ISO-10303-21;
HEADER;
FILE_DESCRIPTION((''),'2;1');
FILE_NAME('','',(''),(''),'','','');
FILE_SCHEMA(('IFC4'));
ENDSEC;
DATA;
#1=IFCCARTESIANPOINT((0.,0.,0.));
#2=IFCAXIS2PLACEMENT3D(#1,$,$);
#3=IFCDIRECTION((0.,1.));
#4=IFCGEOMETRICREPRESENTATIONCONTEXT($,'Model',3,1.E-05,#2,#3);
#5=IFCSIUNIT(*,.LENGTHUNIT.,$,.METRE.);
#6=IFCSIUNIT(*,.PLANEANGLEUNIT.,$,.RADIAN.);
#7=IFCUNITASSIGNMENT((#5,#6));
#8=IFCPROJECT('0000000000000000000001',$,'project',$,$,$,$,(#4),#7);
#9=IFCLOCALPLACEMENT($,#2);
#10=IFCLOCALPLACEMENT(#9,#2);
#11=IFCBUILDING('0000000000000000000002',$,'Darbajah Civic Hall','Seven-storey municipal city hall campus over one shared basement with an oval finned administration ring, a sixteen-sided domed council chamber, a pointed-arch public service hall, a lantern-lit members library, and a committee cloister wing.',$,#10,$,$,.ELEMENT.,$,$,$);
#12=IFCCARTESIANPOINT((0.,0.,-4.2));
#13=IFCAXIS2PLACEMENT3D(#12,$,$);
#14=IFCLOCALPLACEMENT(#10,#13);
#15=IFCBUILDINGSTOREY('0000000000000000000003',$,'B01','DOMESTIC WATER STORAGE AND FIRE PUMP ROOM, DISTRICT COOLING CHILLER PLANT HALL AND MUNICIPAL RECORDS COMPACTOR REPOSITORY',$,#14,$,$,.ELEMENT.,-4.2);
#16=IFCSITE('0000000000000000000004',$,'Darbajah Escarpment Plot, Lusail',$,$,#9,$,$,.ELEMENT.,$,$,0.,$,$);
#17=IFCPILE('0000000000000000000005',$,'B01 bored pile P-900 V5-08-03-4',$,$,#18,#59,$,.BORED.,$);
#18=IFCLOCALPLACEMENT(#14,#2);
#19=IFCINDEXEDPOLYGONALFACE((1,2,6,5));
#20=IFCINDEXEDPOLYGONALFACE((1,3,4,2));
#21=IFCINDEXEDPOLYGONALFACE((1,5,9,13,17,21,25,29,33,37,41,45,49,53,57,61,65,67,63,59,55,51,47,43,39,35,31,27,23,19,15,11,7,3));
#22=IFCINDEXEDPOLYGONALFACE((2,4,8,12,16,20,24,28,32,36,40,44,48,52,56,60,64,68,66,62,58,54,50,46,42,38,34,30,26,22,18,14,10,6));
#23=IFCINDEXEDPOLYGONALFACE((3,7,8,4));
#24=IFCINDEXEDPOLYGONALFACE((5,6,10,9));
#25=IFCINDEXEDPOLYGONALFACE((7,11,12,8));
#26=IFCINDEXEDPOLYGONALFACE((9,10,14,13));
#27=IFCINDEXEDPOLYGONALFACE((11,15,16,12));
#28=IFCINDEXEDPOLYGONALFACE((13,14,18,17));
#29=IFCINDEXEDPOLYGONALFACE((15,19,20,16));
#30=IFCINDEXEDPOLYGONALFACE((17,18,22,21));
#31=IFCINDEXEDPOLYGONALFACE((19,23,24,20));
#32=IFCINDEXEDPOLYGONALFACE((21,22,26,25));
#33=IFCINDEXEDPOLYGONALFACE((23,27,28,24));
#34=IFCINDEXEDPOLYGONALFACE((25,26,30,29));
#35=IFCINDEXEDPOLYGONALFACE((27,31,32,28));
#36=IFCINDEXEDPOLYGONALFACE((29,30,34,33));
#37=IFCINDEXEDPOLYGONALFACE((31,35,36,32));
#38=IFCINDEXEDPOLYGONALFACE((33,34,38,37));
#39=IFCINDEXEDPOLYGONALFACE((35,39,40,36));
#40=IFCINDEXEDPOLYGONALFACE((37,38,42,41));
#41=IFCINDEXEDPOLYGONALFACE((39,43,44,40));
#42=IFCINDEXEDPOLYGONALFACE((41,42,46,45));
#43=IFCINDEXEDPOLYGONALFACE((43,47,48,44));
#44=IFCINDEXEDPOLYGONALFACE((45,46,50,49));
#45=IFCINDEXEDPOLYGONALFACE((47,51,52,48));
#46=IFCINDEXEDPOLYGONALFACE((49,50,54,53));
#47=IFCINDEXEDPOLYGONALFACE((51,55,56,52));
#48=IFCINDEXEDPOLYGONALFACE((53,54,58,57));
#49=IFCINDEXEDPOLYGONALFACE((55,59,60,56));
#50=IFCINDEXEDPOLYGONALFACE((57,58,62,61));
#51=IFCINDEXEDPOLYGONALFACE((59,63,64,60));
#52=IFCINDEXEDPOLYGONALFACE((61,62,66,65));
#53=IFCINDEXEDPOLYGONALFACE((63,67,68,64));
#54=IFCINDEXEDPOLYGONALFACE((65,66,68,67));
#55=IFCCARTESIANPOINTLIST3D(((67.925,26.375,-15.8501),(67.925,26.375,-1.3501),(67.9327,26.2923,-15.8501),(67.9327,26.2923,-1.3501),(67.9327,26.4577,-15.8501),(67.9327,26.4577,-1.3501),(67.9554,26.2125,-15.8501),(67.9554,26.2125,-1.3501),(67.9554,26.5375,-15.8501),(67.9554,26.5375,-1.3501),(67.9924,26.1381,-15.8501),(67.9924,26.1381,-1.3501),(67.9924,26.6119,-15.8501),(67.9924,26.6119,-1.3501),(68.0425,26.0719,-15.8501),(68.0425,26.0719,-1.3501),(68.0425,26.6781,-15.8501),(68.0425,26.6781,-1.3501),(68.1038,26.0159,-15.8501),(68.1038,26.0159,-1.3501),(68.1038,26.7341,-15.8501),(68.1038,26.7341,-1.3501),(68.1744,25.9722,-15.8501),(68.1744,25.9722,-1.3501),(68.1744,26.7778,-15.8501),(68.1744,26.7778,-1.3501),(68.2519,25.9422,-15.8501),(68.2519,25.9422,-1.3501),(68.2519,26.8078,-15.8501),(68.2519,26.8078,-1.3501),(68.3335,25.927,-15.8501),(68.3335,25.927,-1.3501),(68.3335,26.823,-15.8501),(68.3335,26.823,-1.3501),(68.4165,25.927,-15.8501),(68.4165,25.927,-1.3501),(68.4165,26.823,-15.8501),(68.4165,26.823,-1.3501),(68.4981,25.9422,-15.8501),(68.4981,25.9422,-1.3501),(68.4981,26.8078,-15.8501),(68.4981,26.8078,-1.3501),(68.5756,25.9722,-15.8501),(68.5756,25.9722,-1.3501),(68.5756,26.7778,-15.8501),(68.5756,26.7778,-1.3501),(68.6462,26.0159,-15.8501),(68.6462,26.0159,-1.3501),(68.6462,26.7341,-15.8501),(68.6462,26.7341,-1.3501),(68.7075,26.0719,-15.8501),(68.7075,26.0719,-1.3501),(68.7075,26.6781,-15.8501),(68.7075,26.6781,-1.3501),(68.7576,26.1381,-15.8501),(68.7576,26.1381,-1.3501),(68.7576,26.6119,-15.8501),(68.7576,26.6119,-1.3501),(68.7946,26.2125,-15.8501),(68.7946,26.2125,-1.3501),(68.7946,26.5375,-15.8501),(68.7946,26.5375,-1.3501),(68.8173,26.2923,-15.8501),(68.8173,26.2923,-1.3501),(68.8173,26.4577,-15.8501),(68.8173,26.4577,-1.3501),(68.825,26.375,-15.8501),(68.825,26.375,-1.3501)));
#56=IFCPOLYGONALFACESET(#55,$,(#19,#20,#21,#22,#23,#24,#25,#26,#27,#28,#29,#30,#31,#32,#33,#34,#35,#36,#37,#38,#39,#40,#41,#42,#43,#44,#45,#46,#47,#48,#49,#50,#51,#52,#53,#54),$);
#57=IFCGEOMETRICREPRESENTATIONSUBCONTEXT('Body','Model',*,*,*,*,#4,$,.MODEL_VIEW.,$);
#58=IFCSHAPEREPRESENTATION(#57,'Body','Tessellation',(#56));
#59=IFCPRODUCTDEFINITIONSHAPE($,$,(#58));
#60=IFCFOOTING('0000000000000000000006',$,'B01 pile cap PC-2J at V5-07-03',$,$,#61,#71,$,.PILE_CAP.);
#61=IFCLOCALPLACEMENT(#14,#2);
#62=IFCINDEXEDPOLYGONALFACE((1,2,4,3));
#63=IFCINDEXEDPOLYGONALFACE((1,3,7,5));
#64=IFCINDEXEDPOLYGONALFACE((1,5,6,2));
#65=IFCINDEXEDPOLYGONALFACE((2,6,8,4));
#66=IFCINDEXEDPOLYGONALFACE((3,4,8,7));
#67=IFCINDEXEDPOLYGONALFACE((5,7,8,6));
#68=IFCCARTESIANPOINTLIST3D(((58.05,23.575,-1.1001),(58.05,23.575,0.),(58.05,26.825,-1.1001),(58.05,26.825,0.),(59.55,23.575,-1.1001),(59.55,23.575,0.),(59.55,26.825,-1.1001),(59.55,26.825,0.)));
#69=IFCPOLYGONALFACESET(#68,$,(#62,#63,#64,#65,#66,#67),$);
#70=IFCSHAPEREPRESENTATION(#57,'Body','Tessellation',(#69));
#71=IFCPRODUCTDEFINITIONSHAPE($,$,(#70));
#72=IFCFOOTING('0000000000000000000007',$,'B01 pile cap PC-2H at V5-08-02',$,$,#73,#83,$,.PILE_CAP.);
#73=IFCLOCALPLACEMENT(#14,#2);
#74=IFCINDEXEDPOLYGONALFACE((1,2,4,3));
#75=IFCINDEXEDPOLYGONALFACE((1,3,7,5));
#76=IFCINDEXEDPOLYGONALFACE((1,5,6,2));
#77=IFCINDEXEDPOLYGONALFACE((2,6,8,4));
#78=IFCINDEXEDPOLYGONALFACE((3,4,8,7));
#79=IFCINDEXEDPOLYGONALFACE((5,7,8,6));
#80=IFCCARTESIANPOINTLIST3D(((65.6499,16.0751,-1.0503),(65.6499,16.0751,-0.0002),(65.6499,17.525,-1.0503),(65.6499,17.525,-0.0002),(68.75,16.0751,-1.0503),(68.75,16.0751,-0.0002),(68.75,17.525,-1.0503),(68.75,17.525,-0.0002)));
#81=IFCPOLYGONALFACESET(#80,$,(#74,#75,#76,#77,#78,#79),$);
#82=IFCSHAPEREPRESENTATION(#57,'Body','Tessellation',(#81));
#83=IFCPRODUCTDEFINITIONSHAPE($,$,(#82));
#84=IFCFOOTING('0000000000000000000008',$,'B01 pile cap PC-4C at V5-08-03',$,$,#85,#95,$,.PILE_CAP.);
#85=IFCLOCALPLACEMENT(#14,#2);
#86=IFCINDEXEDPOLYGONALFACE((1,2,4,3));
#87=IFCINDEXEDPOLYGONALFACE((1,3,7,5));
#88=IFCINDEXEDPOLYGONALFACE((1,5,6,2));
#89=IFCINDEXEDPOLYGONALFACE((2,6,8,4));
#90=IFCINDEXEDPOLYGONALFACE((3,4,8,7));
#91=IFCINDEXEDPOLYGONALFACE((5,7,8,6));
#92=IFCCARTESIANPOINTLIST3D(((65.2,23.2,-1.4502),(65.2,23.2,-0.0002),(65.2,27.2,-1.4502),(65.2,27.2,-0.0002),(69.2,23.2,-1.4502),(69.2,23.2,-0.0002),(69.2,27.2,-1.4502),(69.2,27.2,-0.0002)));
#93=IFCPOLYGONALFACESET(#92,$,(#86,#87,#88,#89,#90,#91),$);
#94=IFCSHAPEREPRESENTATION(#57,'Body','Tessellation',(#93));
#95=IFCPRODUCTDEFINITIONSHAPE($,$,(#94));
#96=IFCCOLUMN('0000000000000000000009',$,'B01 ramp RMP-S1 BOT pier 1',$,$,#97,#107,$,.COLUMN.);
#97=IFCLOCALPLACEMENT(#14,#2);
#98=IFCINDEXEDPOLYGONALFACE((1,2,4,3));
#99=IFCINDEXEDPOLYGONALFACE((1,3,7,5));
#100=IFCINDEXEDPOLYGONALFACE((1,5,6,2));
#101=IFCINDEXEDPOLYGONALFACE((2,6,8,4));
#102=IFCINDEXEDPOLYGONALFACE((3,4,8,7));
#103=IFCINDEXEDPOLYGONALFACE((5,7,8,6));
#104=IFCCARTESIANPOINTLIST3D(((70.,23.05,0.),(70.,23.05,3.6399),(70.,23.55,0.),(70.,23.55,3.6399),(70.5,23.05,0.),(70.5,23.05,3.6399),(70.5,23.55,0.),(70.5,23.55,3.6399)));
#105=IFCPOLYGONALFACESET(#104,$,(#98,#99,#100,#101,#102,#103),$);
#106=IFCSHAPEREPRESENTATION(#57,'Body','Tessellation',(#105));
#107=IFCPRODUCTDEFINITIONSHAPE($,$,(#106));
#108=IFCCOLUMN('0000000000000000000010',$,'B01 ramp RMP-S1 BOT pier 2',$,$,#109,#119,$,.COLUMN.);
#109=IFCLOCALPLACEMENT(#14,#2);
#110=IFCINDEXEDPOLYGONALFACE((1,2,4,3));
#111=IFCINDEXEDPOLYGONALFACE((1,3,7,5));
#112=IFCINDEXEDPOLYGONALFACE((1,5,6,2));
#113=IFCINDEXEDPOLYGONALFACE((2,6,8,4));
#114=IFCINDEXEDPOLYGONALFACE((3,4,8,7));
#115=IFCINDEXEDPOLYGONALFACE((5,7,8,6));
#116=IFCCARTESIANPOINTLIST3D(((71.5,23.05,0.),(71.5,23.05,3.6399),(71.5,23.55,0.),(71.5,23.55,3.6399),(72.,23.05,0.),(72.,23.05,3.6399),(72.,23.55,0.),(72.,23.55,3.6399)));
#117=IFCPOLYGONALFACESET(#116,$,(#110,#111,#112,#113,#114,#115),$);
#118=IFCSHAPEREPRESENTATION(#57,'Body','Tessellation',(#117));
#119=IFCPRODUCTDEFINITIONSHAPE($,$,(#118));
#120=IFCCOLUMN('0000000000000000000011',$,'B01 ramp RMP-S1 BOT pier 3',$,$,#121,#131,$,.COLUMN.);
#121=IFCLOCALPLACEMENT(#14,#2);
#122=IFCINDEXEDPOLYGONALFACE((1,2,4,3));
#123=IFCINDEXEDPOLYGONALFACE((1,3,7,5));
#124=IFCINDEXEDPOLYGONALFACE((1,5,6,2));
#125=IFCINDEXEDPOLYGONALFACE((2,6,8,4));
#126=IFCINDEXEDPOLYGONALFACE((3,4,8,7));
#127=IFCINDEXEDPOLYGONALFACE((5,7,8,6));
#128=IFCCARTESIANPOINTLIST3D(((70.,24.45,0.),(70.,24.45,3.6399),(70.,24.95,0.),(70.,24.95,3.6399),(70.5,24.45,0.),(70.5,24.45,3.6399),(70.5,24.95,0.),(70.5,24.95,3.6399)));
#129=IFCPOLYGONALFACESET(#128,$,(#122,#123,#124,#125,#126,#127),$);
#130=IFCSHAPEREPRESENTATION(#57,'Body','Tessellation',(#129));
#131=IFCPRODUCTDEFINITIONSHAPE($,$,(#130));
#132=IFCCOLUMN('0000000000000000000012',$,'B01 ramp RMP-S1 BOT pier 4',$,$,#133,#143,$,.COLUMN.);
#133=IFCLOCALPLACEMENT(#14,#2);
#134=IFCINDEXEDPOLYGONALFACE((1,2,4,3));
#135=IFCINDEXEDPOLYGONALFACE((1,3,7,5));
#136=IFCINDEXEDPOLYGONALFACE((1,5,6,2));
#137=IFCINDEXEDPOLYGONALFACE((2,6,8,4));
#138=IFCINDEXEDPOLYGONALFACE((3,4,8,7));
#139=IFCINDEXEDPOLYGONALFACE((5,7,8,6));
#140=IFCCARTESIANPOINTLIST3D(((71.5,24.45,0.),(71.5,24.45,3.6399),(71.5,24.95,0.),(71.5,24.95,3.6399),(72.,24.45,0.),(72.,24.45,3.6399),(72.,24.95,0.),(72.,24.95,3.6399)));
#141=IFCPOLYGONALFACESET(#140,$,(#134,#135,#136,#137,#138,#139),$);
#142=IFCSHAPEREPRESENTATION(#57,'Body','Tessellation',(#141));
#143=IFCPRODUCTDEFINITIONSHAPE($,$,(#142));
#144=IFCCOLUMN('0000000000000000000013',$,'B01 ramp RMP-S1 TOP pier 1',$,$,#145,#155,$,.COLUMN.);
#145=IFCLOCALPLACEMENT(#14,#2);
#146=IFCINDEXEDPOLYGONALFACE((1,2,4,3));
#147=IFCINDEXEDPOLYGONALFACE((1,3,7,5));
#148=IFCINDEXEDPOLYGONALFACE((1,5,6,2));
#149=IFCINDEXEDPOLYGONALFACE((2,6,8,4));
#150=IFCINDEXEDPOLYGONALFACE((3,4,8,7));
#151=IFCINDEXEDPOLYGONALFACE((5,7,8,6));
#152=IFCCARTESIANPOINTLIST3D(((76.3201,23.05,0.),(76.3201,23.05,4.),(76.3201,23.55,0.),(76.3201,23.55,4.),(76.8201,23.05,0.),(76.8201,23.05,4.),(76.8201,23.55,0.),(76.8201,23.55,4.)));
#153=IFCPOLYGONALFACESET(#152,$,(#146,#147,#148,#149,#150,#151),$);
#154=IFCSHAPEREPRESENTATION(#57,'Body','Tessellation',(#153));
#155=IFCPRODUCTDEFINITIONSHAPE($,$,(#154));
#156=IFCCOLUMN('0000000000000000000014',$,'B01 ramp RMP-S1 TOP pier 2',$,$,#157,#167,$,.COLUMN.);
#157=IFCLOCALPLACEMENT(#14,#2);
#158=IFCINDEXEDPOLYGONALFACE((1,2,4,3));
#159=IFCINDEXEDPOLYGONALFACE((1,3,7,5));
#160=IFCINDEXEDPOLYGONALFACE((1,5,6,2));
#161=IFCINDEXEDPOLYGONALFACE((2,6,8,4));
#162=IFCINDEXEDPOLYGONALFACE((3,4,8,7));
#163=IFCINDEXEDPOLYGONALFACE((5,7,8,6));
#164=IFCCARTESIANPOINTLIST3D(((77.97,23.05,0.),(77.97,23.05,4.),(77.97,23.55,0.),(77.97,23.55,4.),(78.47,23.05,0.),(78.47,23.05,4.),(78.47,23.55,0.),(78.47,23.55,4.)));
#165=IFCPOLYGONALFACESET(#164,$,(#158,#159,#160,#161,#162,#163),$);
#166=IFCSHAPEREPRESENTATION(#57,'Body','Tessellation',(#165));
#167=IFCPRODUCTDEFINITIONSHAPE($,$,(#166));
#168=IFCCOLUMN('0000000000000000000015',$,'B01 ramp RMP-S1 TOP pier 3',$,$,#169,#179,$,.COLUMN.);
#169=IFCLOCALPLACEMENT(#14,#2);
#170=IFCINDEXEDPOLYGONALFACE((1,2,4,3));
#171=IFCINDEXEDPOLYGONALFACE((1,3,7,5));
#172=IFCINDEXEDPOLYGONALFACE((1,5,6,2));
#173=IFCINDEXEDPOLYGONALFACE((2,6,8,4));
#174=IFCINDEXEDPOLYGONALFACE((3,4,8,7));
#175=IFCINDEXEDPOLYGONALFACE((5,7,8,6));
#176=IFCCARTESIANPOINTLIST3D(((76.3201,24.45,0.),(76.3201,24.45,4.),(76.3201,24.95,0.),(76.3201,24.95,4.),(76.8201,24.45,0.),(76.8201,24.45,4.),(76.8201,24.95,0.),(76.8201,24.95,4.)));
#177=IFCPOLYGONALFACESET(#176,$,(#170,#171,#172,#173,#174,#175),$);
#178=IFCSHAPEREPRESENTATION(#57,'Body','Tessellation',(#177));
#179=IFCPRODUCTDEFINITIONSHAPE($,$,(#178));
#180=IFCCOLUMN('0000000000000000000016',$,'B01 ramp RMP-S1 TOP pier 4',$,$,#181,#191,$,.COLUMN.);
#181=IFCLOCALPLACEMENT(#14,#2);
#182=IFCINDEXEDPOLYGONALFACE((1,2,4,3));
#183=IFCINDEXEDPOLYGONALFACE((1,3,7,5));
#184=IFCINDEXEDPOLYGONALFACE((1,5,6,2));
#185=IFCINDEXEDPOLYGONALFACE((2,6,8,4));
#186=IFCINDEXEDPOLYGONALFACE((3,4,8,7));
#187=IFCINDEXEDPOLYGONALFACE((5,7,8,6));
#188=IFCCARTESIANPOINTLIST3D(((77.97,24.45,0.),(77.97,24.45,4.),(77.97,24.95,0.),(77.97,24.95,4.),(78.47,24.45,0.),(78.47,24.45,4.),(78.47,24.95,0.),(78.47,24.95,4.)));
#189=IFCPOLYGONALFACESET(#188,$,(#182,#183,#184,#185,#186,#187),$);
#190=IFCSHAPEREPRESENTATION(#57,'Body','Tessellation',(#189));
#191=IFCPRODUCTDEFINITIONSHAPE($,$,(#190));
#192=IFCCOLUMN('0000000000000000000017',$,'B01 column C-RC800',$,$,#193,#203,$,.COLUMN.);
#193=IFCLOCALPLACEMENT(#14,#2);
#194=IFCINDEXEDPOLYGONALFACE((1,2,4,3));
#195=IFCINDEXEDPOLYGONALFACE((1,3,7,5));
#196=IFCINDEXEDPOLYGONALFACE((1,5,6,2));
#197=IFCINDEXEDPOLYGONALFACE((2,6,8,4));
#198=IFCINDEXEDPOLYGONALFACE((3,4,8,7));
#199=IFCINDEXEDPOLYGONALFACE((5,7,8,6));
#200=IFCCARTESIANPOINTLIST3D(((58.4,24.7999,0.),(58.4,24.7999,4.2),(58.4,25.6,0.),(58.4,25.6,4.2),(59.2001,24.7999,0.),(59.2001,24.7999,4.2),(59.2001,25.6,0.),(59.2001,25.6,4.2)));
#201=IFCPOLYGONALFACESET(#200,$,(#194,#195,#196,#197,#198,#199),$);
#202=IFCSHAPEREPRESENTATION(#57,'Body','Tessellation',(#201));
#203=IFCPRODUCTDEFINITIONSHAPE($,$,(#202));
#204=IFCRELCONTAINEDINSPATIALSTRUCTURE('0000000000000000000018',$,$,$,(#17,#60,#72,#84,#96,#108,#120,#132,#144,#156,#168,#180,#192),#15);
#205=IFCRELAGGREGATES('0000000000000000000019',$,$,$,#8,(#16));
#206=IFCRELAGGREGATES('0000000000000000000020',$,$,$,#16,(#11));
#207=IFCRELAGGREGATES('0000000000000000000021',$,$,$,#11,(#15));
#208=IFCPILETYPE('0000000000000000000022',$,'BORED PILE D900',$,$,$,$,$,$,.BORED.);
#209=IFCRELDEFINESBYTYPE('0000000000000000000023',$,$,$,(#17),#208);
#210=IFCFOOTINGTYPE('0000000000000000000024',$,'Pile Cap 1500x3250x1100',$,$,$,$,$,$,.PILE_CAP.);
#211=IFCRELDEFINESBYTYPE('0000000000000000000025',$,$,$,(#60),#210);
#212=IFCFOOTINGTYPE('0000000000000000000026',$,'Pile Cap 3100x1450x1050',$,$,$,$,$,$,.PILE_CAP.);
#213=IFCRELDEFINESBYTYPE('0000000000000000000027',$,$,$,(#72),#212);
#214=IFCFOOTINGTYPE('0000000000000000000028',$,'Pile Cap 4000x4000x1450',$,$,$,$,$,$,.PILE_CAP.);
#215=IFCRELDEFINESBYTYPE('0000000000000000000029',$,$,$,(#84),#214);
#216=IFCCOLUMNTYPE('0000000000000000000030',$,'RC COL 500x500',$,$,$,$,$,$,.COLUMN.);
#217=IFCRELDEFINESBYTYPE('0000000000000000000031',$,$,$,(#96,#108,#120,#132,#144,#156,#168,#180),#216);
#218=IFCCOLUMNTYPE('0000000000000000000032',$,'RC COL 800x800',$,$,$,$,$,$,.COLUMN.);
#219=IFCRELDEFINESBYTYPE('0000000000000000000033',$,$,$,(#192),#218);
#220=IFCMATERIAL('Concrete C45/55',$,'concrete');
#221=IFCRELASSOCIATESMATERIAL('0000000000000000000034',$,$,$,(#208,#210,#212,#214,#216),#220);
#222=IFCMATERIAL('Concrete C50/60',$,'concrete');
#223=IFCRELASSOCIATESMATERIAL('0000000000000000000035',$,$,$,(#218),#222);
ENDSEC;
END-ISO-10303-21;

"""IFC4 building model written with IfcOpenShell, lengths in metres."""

from ifc_helpers import new_model, si_unit, direction, frame, origin, origin_2d, place, context, subcontext, project, spatial, rectangle, circle, extrude, material, material_profile, profile_set, type_object, element, save


model = new_model("IFC4")

# Units and contexts
model_context = context("Model", 3, precision=1e-05, world=origin(), true_north=direction((0.0, 1.0)))
body_context = subcontext(model_context, "Body", "Model", "MODEL_VIEW")
ifc_project = project(units=[si_unit("LENGTHUNIT", "METRE"), si_unit("PLANEANGLEUNIT", "RADIAN")], contexts=[model_context])

# Site, building, storey
site_placement = place(None, origin())
site = spatial("IfcSite", under=ifc_project, at=site_placement, Name="Darbajah Escarpment Plot, Lusail", CompositionType="ELEMENT", RefElevation=0.0)
building_placement = place(site_placement, origin())
building = spatial("IfcBuilding", under=site, at=building_placement, Name="Darbajah Civic Hall", Description="Seven-storey municipal city hall campus over one shared basement with an oval finned administration ring, a sixteen-sided domed council chamber, a pointed-arch public service hall, a lantern-lit members library, and a committee cloister wing.", CompositionType="ELEMENT")
storey_placement = place(building_placement, frame((0.0, 0.0, -4.2)))
storey = spatial("IfcBuildingStorey", under=building, at=storey_placement, Name="B01", Description="DOMESTIC WATER STORAGE AND FIRE PUMP ROOM, DISTRICT COOLING CHILLER PLANT HALL AND MUNICIPAL RECORDS COMPACTOR REPOSITORY", CompositionType="ELEMENT", Elevation=-4.2)

# Pile
ifc_material_1 = material(Name="Concrete C45/55", Category="concrete")
ifc_material_profile_1 = material_profile(ifc_material_1, circle(Radius=0.45, at=origin_2d()), Name="BORED PILE D900")
ifc_profile_set_1 = profile_set([ifc_material_profile_1], Name="Concrete C45/55")
pile_type_1 = type_object("IfcPileType", Name="BORED PILE D900", PredefinedType="BORED", material=ifc_profile_set_1)
for number, where, z_axis, x_axis, name in (
    (1, (68.375, 26.375, -1.3501), (0.0, 0.0, -1.0), (1.0, 0.0, 0.0), "B01 bored pile P-900 V5-08-03-4"),
):
    element("IfcPile", number, at=place(storey_placement, frame(where, z_axis=z_axis, x_axis=x_axis)), inside=storey, type_object=pile_type_1, Name=name, PredefinedType="BORED", context=body_context, shape_type="SweptSolid", body=[
        extrude(circle(Radius=0.45, at=origin_2d()), origin(), (0.0, 0.0, 1.0), 14.5),
    ])

# Footings
footing_type_1 = type_object("IfcFootingType", Name="Pile Cap 1500x3250x1100", PredefinedType="PILE_CAP", material=ifc_material_1)
footing_1_placement = place(storey_placement, frame((58.8, 25.2, -1.1001), z_axis=(0.0, 0.0, 1.0), x_axis=(1.0, 0.0, 0.0)))
element("IfcFooting", 2, at=footing_1_placement, inside=storey, type_object=footing_type_1, Name="B01 pile cap PC-2J at V5-07-03", PredefinedType="PILE_CAP", context=body_context, shape_type="SweptSolid", body=[
    extrude(rectangle(XDim=1.5, YDim=3.25, at=origin_2d()), origin(), (0.0, 0.0, 1.0), 1.1001),
])
footing_type_2 = type_object("IfcFootingType", Name="Pile Cap 3100x1450x1050", PredefinedType="PILE_CAP", material=ifc_material_1)
footing_2_placement = place(storey_placement, frame((67.2, 16.8, -1.0503), z_axis=(0.0, 0.0, 1.0), x_axis=(1.0, 0.0, 0.0)))
element("IfcFooting", 3, at=footing_2_placement, inside=storey, type_object=footing_type_2, Name="B01 pile cap PC-2H at V5-08-02", PredefinedType="PILE_CAP", context=body_context, shape_type="SweptSolid", body=[
    extrude(rectangle(XDim=3.1001, YDim=1.45, at=origin_2d()), origin(), (0.0, 0.0, 1.0), 1.05),
])
footing_type_3 = type_object("IfcFootingType", Name="Pile Cap 4000x4000x1450", PredefinedType="PILE_CAP", material=ifc_material_1)
footing_3_placement = place(storey_placement, frame((67.2, 25.2, -1.4502), z_axis=(0.0, 0.0, 1.0), x_axis=(1.0, 0.0, 0.0)))
element("IfcFooting", 4, at=footing_3_placement, inside=storey, type_object=footing_type_3, Name="B01 pile cap PC-4C at V5-08-03", PredefinedType="PILE_CAP", context=body_context, shape_type="SweptSolid", body=[
    extrude(rectangle(XDim=4.0, YDim=4.0, at=origin_2d()), origin(), (0.0, 0.0, 1.0), 1.45),
])

# Columns
ifc_material_profile_2 = material_profile(ifc_material_1, rectangle(XDim=0.5, YDim=0.5, at=origin_2d()), Name="RC COL 500x500")
ifc_profile_set_2 = profile_set([ifc_material_profile_2], Name="Concrete C45/55")
column_type_1 = type_object("IfcColumnType", Name="RC COL 500x500", PredefinedType="COLUMN", material=ifc_profile_set_2)
for number, where, z_axis, x_axis, name in (
    (5, (70.25, 23.3, 0.0), (0.0, 0.0, 1.0), (1.0, 0.0, 0.0), "B01 ramp RMP-S1 BOT pier 1"),
    (6, (71.75, 23.3, 0.0), (0.0, 0.0, 1.0), (1.0, 0.0, 0.0), "B01 ramp RMP-S1 BOT pier 2"),
    (7, (70.25, 24.7, 0.0), (0.0, 0.0, 1.0), (1.0, 0.0, 0.0), "B01 ramp RMP-S1 BOT pier 3"),
    (8, (71.75, 24.7, 0.0), (0.0, 0.0, 1.0), (1.0, 0.0, 0.0), "B01 ramp RMP-S1 BOT pier 4"),
):
    element("IfcColumn", number, at=place(storey_placement, frame(where, z_axis=z_axis, x_axis=x_axis)), inside=storey, type_object=column_type_1, Name=name, PredefinedType="COLUMN", context=body_context, shape_type="SweptSolid", body=[
        extrude(rectangle(XDim=0.5, YDim=0.5, at=origin_2d()), origin(), (0.0, 0.0, 1.0), 3.6399),
    ])
for number, where, z_axis, x_axis, name in (
    (9, (76.5701, 23.3, 0.0), (0.0, 0.0, 1.0), (1.0, 0.0, 0.0), "B01 ramp RMP-S1 TOP pier 1"),
    (10, (78.22, 23.3, 0.0), (0.0, 0.0, 1.0), (1.0, 0.0, 0.0), "B01 ramp RMP-S1 TOP pier 2"),
    (11, (76.5701, 24.7, 0.0), (0.0, 0.0, 1.0), (1.0, 0.0, 0.0), "B01 ramp RMP-S1 TOP pier 3"),
    (12, (78.22, 24.7, 0.0), (0.0, 0.0, 1.0), (1.0, 0.0, 0.0), "B01 ramp RMP-S1 TOP pier 4"),
):
    element("IfcColumn", number, at=place(storey_placement, frame(where, z_axis=z_axis, x_axis=x_axis)), inside=storey, type_object=column_type_1, Name=name, PredefinedType="COLUMN", context=body_context, shape_type="SweptSolid", body=[
        extrude(rectangle(XDim=0.5, YDim=0.5, at=origin_2d()), origin(), (0.0, 0.0, 1.0), 4.0),
    ])
ifc_material_2 = material(Name="Concrete C50/60", Category="concrete")
ifc_material_profile_3 = material_profile(ifc_material_2, rectangle(XDim=0.8, YDim=0.8, at=origin_2d()), Name="RC COL 800x800")
ifc_profile_set_3 = profile_set([ifc_material_profile_3], Name="Concrete C50/60")
column_type_2 = type_object("IfcColumnType", Name="RC COL 800x800", PredefinedType="COLUMN", material=ifc_profile_set_3)
for number, where, z_axis, x_axis, name in (
    (13, (58.8, 25.2, 0.0), (0.0, 0.0, 1.0), (1.0, 0.0, 0.0), "B01 column C-RC800"),
):
    element("IfcColumn", number, at=place(storey_placement, frame(where, z_axis=z_axis, x_axis=x_axis)), inside=storey, type_object=column_type_2, Name=name, PredefinedType="COLUMN", context=body_context, shape_type="SweptSolid", body=[
        extrude(rectangle(XDim=0.8, YDim=0.8, at=origin_2d()), origin(), (0.0, 0.0, 1.0), 4.2),
    ])

save(model, "model.ifc")
